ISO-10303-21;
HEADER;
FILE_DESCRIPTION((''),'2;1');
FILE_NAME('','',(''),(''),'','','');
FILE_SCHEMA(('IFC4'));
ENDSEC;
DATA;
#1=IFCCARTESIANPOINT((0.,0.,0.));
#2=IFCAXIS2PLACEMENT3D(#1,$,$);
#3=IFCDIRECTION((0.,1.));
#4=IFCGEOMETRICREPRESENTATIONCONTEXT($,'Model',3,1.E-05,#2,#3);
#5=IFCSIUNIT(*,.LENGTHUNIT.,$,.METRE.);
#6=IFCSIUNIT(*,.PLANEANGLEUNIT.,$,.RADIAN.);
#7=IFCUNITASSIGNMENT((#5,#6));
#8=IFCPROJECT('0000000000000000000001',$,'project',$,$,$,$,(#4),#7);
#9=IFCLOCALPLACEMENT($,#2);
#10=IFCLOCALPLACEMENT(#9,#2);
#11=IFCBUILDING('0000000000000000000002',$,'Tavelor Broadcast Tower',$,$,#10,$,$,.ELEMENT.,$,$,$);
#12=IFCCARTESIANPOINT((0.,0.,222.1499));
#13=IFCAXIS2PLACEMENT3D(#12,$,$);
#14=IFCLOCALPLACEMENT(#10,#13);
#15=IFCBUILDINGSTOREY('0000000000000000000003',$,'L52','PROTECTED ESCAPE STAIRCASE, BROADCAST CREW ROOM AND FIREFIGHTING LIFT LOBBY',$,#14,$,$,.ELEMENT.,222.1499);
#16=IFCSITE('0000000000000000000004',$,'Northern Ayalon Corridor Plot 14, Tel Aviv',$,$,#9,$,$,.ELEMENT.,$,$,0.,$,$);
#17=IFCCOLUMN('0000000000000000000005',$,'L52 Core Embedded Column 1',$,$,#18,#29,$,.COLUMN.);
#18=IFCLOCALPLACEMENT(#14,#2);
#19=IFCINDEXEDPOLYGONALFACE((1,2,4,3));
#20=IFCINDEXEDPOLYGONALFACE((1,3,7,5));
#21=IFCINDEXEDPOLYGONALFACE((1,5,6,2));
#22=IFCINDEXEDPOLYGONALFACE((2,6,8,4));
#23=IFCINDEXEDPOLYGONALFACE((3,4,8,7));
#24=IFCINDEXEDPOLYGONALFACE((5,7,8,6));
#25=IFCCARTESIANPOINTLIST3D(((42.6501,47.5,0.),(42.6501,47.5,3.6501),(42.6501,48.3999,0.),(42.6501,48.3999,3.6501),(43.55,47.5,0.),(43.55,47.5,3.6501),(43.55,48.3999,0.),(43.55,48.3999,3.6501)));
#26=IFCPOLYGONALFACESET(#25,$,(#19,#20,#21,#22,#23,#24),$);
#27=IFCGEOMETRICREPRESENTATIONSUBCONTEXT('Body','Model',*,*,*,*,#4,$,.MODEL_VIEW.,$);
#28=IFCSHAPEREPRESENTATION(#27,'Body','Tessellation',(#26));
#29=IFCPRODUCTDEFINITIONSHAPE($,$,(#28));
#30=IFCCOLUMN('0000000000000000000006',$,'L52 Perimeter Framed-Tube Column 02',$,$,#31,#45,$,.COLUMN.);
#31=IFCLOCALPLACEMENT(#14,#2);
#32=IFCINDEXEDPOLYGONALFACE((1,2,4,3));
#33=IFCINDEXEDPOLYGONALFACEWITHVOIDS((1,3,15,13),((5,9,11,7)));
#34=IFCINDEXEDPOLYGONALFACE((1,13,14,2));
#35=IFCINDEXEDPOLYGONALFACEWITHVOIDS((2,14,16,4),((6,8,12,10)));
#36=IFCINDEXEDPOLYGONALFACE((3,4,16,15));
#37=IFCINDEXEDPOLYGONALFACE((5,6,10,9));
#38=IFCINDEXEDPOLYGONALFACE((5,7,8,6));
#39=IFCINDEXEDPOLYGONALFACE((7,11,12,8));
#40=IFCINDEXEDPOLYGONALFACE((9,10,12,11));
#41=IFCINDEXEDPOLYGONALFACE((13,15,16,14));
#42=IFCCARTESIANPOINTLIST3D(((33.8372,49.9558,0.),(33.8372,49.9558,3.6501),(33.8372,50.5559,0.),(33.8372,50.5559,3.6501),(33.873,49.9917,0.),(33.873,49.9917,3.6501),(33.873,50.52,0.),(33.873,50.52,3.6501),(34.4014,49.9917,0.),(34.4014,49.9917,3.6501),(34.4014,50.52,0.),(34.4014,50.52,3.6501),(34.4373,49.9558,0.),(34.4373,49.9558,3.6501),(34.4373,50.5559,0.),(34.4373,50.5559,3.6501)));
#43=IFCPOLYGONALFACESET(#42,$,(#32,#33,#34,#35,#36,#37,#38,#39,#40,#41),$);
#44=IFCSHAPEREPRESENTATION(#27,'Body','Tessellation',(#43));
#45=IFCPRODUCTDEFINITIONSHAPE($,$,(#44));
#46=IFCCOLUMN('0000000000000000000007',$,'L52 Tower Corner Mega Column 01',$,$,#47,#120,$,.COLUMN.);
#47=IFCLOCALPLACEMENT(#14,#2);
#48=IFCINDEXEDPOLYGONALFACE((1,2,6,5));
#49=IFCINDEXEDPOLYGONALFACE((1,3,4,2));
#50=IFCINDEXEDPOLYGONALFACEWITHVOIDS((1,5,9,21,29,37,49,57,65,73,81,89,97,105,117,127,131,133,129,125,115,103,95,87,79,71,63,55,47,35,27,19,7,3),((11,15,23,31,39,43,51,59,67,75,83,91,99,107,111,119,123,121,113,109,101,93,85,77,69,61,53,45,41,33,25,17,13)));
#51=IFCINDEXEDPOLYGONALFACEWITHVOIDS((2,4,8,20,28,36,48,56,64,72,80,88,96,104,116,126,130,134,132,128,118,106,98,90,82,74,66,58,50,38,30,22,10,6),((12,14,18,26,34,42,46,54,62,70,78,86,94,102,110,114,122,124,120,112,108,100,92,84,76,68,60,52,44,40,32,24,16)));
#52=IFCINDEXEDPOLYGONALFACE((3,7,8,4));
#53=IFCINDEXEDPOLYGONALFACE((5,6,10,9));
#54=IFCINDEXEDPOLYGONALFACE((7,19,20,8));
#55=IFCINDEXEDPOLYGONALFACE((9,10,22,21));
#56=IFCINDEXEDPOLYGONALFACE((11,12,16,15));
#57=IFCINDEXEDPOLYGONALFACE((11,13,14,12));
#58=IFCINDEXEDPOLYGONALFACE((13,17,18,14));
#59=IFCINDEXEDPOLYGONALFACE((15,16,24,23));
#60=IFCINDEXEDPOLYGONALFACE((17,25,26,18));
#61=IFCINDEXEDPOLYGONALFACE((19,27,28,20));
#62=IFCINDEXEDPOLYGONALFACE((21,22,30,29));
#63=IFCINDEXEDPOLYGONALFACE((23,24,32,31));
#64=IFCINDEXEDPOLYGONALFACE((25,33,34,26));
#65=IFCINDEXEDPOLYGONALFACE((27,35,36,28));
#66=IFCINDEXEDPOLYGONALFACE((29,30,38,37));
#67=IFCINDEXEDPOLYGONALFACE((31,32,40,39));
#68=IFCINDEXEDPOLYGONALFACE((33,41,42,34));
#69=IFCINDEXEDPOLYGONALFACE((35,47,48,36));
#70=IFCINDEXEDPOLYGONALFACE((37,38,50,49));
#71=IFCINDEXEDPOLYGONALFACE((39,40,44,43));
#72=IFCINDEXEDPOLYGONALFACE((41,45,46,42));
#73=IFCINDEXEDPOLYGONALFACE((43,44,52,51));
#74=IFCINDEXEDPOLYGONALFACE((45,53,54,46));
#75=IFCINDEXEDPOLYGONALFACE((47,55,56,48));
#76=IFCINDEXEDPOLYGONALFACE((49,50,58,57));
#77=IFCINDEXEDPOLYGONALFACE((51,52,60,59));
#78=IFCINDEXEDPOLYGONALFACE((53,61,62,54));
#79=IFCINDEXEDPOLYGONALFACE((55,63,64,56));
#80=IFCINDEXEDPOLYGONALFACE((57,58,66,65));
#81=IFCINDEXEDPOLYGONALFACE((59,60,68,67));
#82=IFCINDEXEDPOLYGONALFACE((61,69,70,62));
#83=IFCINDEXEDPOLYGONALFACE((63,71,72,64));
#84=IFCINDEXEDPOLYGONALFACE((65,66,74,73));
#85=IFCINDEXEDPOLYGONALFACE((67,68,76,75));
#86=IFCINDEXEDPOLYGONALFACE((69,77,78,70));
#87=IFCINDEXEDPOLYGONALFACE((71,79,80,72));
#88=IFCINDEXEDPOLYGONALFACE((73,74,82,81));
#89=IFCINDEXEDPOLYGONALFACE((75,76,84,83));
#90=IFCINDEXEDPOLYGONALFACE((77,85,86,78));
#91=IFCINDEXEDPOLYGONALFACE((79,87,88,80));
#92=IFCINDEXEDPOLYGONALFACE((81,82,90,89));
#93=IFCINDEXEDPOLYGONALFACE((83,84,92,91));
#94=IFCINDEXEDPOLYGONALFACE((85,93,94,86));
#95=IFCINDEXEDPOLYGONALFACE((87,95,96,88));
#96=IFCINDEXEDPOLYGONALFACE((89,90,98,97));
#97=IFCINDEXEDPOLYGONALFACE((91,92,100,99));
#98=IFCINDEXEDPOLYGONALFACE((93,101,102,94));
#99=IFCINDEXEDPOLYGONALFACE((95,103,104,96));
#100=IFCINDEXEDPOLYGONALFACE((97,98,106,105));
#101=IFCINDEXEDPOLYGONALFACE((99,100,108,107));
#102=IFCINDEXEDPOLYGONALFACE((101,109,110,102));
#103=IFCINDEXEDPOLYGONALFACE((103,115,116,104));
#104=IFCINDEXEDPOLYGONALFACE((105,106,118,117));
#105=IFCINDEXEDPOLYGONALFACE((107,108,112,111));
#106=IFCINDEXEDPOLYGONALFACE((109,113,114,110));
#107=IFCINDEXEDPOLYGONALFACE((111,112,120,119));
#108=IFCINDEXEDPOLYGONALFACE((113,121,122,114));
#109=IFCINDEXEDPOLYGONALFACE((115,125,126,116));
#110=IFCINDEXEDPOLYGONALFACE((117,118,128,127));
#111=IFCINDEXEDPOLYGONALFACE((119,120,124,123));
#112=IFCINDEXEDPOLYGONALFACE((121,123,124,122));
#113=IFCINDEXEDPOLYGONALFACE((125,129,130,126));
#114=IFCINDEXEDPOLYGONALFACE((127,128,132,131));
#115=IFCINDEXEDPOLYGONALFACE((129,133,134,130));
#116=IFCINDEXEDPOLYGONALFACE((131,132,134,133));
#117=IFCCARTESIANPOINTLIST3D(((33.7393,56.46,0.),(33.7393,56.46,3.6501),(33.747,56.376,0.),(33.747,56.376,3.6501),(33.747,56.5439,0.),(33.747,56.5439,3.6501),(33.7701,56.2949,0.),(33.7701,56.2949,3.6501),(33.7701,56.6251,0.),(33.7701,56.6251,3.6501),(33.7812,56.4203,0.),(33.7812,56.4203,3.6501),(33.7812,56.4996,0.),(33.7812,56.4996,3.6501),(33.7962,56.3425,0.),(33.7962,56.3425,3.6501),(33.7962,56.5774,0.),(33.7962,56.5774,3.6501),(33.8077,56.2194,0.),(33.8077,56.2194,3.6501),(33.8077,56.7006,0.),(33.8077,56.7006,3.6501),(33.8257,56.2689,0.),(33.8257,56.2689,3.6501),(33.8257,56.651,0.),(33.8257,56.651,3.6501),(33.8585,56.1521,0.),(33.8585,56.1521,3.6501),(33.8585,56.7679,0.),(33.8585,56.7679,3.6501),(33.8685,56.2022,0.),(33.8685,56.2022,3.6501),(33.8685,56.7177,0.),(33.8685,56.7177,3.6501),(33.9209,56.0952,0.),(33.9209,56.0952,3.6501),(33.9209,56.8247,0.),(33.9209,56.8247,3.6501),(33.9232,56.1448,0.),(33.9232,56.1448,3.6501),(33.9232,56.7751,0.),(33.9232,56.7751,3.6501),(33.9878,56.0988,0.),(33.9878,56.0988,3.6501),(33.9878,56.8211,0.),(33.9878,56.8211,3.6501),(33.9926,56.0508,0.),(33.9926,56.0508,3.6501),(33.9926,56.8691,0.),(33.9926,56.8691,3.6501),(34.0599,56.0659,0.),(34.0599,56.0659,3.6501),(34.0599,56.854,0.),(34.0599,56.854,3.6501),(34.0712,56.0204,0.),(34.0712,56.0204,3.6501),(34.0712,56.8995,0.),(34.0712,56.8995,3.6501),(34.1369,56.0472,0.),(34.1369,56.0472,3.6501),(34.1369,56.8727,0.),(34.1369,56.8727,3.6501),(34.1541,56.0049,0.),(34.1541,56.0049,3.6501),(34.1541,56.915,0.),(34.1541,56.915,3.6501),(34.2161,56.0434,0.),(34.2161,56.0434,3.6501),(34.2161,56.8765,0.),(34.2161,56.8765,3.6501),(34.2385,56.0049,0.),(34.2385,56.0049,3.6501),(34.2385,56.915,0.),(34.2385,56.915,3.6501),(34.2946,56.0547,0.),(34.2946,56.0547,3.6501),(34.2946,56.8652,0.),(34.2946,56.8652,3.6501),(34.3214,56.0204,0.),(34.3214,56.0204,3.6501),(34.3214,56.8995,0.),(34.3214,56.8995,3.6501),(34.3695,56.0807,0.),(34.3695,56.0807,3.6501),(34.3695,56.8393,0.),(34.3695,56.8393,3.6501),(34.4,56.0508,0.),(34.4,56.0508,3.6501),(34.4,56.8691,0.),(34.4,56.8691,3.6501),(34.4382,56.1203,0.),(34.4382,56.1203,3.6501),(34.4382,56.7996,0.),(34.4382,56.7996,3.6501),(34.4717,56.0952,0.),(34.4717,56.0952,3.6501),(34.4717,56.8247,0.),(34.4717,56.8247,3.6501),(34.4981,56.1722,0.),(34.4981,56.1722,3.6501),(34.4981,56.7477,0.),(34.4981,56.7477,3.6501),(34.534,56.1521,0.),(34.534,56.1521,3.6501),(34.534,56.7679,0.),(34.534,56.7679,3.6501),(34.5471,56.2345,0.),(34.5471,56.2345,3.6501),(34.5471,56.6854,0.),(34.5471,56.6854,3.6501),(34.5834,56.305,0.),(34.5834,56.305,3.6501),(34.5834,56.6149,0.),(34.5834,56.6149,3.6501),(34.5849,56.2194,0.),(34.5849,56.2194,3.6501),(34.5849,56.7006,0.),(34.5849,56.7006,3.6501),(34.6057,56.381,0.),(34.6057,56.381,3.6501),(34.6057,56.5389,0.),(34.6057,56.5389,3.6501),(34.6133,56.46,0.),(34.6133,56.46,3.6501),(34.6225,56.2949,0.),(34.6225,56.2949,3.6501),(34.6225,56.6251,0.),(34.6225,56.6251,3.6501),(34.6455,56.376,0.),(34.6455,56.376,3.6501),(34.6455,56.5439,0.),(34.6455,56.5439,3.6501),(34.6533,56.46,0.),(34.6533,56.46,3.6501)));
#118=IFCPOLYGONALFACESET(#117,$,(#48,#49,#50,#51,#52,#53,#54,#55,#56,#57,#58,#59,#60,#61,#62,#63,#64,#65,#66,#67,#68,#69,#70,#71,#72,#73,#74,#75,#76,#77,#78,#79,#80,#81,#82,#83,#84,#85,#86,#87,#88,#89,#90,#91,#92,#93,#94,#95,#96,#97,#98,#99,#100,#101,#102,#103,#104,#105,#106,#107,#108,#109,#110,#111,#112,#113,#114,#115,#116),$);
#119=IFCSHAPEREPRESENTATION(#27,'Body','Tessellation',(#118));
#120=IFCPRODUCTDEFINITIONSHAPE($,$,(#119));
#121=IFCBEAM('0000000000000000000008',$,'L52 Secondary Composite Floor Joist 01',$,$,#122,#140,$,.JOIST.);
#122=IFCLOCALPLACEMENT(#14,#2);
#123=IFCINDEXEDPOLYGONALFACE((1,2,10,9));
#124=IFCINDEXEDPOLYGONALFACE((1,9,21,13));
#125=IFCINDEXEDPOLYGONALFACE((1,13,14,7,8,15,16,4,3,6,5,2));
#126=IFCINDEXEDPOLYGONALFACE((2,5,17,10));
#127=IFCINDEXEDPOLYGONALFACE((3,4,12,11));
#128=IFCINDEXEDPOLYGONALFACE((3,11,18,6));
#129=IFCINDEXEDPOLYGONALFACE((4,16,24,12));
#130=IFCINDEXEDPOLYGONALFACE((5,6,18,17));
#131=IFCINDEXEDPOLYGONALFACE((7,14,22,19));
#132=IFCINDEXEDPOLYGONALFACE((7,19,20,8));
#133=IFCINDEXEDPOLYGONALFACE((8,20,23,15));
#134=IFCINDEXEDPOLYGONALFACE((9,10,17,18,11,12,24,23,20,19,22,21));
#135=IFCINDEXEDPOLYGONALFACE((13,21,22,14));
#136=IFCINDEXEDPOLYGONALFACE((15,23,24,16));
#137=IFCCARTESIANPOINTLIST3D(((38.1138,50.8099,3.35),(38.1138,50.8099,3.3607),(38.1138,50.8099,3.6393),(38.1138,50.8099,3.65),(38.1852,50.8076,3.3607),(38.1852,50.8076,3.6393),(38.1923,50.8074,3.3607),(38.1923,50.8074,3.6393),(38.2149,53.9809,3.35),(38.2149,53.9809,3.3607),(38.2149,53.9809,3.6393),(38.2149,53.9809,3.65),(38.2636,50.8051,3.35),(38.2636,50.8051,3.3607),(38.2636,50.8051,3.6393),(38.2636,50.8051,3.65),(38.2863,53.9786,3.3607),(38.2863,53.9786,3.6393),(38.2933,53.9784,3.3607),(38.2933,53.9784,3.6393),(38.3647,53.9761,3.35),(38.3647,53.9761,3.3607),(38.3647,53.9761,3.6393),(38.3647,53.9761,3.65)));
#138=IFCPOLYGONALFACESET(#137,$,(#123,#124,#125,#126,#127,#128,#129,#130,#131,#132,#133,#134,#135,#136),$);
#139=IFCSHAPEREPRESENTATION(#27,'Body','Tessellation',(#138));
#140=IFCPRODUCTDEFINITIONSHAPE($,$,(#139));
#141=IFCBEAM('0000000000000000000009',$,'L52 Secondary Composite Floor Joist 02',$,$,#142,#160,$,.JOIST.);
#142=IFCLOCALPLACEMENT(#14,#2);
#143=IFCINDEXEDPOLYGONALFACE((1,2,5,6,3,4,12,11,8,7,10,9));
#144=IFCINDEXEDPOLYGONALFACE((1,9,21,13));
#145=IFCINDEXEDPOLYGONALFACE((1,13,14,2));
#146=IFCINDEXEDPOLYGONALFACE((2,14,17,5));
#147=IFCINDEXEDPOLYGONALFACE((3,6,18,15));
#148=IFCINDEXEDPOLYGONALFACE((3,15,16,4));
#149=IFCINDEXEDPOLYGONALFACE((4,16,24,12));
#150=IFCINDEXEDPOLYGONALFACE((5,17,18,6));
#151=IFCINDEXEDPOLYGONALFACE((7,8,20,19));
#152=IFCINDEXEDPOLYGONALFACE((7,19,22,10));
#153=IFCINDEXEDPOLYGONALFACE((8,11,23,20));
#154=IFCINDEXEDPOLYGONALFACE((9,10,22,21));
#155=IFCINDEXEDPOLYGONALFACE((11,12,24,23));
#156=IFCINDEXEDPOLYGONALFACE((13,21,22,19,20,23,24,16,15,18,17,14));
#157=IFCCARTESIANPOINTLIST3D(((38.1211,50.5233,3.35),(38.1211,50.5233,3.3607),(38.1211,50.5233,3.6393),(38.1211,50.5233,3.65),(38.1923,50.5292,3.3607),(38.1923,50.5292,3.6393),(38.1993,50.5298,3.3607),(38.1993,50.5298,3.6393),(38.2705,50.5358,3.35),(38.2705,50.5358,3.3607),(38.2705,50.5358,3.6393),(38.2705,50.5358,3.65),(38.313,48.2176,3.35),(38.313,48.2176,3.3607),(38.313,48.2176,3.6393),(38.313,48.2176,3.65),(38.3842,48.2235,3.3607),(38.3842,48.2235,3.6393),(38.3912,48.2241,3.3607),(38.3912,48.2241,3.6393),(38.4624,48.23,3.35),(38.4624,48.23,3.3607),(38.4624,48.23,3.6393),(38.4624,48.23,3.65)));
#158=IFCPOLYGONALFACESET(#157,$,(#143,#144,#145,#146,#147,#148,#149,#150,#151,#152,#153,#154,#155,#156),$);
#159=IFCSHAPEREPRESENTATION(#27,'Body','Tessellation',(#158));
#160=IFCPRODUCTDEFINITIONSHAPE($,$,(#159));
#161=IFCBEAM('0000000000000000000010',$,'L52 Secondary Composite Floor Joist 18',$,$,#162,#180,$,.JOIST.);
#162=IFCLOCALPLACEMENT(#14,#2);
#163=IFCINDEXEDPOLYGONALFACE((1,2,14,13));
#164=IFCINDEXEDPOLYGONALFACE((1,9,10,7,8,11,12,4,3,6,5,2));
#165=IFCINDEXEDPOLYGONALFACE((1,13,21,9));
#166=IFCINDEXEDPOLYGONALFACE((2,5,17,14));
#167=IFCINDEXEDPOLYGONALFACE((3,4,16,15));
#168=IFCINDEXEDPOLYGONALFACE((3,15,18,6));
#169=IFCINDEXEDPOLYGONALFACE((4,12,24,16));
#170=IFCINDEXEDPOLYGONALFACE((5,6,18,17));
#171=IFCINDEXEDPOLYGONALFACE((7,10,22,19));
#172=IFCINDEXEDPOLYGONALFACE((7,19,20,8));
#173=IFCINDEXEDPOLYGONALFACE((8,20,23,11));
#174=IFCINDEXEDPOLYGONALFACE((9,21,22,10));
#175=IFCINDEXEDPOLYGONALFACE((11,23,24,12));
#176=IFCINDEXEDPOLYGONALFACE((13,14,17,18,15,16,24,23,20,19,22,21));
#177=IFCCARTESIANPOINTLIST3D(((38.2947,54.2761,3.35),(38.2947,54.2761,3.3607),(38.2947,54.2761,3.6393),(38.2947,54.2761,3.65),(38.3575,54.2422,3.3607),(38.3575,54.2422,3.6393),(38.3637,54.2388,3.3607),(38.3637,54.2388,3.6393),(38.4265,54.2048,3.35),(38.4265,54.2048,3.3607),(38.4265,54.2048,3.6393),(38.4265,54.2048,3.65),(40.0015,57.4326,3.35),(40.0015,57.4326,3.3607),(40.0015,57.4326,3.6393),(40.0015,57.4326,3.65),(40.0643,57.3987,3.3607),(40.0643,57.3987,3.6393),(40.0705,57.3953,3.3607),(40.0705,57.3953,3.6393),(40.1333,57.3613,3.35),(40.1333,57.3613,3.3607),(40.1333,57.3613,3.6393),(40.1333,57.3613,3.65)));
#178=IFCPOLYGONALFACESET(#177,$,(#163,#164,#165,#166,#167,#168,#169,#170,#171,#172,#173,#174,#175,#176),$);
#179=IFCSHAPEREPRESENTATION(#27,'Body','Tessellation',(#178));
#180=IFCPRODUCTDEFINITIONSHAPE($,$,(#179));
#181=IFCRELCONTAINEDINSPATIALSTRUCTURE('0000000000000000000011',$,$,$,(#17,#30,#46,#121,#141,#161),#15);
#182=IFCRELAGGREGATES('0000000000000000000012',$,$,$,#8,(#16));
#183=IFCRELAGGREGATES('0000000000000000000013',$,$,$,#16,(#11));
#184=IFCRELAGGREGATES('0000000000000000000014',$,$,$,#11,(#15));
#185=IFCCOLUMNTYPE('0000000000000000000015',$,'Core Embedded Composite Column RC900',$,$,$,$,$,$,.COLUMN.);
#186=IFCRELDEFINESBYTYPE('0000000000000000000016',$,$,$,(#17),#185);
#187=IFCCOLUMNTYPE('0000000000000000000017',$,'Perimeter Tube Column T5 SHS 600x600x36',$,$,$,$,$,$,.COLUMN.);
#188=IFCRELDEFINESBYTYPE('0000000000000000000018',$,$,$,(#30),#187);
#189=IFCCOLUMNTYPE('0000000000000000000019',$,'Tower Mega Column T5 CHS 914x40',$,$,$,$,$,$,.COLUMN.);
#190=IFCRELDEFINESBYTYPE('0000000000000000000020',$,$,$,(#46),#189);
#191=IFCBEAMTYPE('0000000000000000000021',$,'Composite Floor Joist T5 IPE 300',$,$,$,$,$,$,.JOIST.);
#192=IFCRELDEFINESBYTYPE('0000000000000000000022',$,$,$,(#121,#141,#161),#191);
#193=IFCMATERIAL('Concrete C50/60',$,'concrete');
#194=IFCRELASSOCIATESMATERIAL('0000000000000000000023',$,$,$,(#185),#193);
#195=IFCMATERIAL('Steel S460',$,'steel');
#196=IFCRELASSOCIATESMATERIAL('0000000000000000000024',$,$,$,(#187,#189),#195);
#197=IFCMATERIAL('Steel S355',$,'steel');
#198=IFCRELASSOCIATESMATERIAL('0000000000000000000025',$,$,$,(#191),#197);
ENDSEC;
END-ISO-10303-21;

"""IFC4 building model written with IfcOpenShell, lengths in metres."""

from ifc_helpers import new_model, si_unit, direction, frame, origin, origin_2d, place, context, subcontext, project, spatial, rectangle, hollow_rectangle, hollow_circle, i_section, extrude, material, material_profile, profile_set, type_object, element, save


model = new_model("IFC4")

# Units and contexts
model_context = context("Model", 3, precision=1e-05, world=origin(), true_north=direction((0.0, 1.0)))
body_context = subcontext(model_context, "Body", "Model", "MODEL_VIEW")
ifc_project = project(units=[si_unit("LENGTHUNIT", "METRE"), si_unit("PLANEANGLEUNIT", "RADIAN")], contexts=[model_context])

# Site, building, storey
site_placement = place(None, origin())
site = spatial("IfcSite", under=ifc_project, at=site_placement, Name="Northern Ayalon Corridor Plot 14, Tel Aviv", CompositionType="ELEMENT", RefElevation=0.0)
building_placement = place(site_placement, origin())
building = spatial("IfcBuilding", under=site, at=building_placement, Name="Tavelor Broadcast Tower", CompositionType="ELEMENT")
storey_placement = place(building_placement, frame((0.0, 0.0, 222.1499)))
storey = spatial("IfcBuildingStorey", under=building, at=storey_placement, Name="L52", Description="PROTECTED ESCAPE STAIRCASE, BROADCAST CREW ROOM AND FIREFIGHTING LIFT LOBBY", CompositionType="ELEMENT", Elevation=222.1499)

# Columns
ifc_material_1 = material(Name="Concrete C50/60", Category="concrete")
ifc_material_profile_1 = material_profile(ifc_material_1, rectangle(XDim=0.8999, YDim=0.8999, at=origin_2d()), Name="RC 900x900")
ifc_profile_set_1 = profile_set([ifc_material_profile_1], Name="Concrete C50/60")
column_type_1 = type_object("IfcColumnType", Name="Core Embedded Composite Column RC900", PredefinedType="COLUMN", material=ifc_profile_set_1)
column_1_placement = place(storey_placement, frame((43.1001, 47.95, 0.0), z_axis=(0.0, 0.0, 1.0), x_axis=(1.0, 0.0, 0.0)))
element("IfcColumn", 1, at=column_1_placement, inside=storey, type_object=column_type_1, Name="L52 Core Embedded Column 1", PredefinedType="COLUMN", context=body_context, shape_type="SweptSolid", body=[
    extrude(rectangle(XDim=0.8999, YDim=0.8999, at=origin_2d()), origin(), (0.0, 0.0, 1.0), 3.6501),
])
ifc_material_2 = material(Name="Steel S460", Category="steel")
ifc_material_profile_2 = material_profile(ifc_material_2, hollow_rectangle(XDim=0.6001, YDim=0.6001, WallThickness=0.0359, at=origin_2d()), Name="SHS 600x600x36")
ifc_profile_set_2 = profile_set([ifc_material_profile_2], Name="Steel S460")
column_type_2 = type_object("IfcColumnType", Name="Perimeter Tube Column T5 SHS 600x600x36", PredefinedType="COLUMN", material=ifc_profile_set_2)
column_2_placement = place(storey_placement, frame((34.1372, 50.2559, 0.0), z_axis=(0.0, 0.0, 1.0), x_axis=(1.0, 0.0, 0.0)))
element("IfcColumn", 2, at=column_2_placement, inside=storey, type_object=column_type_2, Name="L52 Perimeter Framed-Tube Column 02", PredefinedType="COLUMN", context=body_context, shape_type="SweptSolid", body=[
    extrude(hollow_rectangle(XDim=0.6001, YDim=0.6001, WallThickness=0.0359, at=origin_2d()), origin(), (0.0, 0.0, 1.0), 3.6501),
])
ifc_material_profile_3 = material_profile(ifc_material_2, hollow_circle(Radius=0.457, WallThickness=0.04, at=origin_2d()), Name="CHS 914x40")
ifc_profile_set_3 = profile_set([ifc_material_profile_3], Name="Steel S460")
column_type_3 = type_object("IfcColumnType", Name="Tower Mega Column T5 CHS 914x40", PredefinedType="COLUMN", material=ifc_profile_set_3)
column_3_placement = place(storey_placement, frame((34.1963, 56.46, 0.0), z_axis=(0.0, 0.0, 1.0), x_axis=(1.0, 0.0, 0.0)))
element("IfcColumn", 3, at=column_3_placement, inside=storey, type_object=column_type_3, Name="L52 Tower Corner Mega Column 01", PredefinedType="COLUMN", context=body_context, shape_type="SweptSolid", body=[
    extrude(hollow_circle(Radius=0.457, WallThickness=0.04, at=origin_2d()), origin(), (0.0, 0.0, 1.0), 3.6501),
])

# Beams
ifc_material_3 = material(Name="Steel S355", Category="steel")
ifc_material_profile_4 = material_profile(ifc_material_3, i_section(OverallWidth=0.1499, OverallDepth=0.3, WebThickness=0.0071, FlangeThickness=0.0107, at=origin_2d()), Name="IPE 300")
ifc_profile_set_4 = profile_set([ifc_material_profile_4], Name="Steel S355")
beam_type_1 = type_object("IfcBeamType", Name="Composite Floor Joist T5 IPE 300", PredefinedType="JOIST", material=ifc_profile_set_4)
beam_1_placement = place(storey_placement, frame((38.2898, 53.9785, 3.5), z_axis=(-0.031859, -0.999492, 0.0), x_axis=(0.999492, -0.031859, 0.0)))
element("IfcBeam", 4, at=beam_1_placement, inside=storey, type_object=beam_type_1, Name="L52 Secondary Composite Floor Joist 01", PredefinedType="JOIST", context=body_context, shape_type="SweptSolid", body=[
    extrude(i_section(OverallWidth=0.1499, OverallDepth=0.3, WebThickness=0.0071, FlangeThickness=0.0107, at=origin_2d()), origin(), (0.0, 0.0, 1.0), 3.1726),
])
beam_2_placement = place(storey_placement, frame((38.1958, 50.5295, 3.5), z_axis=(0.082941, -0.996554, 0.0), x_axis=(0.996554, 0.082941, 0.0)))
element("IfcBeam", 5, at=beam_2_placement, inside=storey, type_object=beam_type_1, Name="L52 Secondary Composite Floor Joist 02", PredefinedType="JOIST", context=body_context, shape_type="SweptSolid", body=[
    extrude(i_section(OverallWidth=0.1499, OverallDepth=0.3, WebThickness=0.0071, FlangeThickness=0.0107, at=origin_2d()), origin(), (0.0, 0.0, 1.0), 2.3137),
])
beam_3_placement = place(storey_placement, frame((40.0674, 57.397, 3.5), z_axis=(-0.475641, -0.87964, 0.0), x_axis=(0.87964, -0.475641, 0.0)))
element("IfcBeam", 6, at=beam_3_placement, inside=storey, type_object=beam_type_1, Name="L52 Secondary Composite Floor Joist 18", PredefinedType="JOIST", context=body_context, shape_type="SweptSolid", body=[
    extrude(i_section(OverallWidth=0.1499, OverallDepth=0.3, WebThickness=0.0071, FlangeThickness=0.0107, at=origin_2d()), origin(), (0.0, 0.0, 1.0), 3.5884),
])

save(model, "model.ifc")
